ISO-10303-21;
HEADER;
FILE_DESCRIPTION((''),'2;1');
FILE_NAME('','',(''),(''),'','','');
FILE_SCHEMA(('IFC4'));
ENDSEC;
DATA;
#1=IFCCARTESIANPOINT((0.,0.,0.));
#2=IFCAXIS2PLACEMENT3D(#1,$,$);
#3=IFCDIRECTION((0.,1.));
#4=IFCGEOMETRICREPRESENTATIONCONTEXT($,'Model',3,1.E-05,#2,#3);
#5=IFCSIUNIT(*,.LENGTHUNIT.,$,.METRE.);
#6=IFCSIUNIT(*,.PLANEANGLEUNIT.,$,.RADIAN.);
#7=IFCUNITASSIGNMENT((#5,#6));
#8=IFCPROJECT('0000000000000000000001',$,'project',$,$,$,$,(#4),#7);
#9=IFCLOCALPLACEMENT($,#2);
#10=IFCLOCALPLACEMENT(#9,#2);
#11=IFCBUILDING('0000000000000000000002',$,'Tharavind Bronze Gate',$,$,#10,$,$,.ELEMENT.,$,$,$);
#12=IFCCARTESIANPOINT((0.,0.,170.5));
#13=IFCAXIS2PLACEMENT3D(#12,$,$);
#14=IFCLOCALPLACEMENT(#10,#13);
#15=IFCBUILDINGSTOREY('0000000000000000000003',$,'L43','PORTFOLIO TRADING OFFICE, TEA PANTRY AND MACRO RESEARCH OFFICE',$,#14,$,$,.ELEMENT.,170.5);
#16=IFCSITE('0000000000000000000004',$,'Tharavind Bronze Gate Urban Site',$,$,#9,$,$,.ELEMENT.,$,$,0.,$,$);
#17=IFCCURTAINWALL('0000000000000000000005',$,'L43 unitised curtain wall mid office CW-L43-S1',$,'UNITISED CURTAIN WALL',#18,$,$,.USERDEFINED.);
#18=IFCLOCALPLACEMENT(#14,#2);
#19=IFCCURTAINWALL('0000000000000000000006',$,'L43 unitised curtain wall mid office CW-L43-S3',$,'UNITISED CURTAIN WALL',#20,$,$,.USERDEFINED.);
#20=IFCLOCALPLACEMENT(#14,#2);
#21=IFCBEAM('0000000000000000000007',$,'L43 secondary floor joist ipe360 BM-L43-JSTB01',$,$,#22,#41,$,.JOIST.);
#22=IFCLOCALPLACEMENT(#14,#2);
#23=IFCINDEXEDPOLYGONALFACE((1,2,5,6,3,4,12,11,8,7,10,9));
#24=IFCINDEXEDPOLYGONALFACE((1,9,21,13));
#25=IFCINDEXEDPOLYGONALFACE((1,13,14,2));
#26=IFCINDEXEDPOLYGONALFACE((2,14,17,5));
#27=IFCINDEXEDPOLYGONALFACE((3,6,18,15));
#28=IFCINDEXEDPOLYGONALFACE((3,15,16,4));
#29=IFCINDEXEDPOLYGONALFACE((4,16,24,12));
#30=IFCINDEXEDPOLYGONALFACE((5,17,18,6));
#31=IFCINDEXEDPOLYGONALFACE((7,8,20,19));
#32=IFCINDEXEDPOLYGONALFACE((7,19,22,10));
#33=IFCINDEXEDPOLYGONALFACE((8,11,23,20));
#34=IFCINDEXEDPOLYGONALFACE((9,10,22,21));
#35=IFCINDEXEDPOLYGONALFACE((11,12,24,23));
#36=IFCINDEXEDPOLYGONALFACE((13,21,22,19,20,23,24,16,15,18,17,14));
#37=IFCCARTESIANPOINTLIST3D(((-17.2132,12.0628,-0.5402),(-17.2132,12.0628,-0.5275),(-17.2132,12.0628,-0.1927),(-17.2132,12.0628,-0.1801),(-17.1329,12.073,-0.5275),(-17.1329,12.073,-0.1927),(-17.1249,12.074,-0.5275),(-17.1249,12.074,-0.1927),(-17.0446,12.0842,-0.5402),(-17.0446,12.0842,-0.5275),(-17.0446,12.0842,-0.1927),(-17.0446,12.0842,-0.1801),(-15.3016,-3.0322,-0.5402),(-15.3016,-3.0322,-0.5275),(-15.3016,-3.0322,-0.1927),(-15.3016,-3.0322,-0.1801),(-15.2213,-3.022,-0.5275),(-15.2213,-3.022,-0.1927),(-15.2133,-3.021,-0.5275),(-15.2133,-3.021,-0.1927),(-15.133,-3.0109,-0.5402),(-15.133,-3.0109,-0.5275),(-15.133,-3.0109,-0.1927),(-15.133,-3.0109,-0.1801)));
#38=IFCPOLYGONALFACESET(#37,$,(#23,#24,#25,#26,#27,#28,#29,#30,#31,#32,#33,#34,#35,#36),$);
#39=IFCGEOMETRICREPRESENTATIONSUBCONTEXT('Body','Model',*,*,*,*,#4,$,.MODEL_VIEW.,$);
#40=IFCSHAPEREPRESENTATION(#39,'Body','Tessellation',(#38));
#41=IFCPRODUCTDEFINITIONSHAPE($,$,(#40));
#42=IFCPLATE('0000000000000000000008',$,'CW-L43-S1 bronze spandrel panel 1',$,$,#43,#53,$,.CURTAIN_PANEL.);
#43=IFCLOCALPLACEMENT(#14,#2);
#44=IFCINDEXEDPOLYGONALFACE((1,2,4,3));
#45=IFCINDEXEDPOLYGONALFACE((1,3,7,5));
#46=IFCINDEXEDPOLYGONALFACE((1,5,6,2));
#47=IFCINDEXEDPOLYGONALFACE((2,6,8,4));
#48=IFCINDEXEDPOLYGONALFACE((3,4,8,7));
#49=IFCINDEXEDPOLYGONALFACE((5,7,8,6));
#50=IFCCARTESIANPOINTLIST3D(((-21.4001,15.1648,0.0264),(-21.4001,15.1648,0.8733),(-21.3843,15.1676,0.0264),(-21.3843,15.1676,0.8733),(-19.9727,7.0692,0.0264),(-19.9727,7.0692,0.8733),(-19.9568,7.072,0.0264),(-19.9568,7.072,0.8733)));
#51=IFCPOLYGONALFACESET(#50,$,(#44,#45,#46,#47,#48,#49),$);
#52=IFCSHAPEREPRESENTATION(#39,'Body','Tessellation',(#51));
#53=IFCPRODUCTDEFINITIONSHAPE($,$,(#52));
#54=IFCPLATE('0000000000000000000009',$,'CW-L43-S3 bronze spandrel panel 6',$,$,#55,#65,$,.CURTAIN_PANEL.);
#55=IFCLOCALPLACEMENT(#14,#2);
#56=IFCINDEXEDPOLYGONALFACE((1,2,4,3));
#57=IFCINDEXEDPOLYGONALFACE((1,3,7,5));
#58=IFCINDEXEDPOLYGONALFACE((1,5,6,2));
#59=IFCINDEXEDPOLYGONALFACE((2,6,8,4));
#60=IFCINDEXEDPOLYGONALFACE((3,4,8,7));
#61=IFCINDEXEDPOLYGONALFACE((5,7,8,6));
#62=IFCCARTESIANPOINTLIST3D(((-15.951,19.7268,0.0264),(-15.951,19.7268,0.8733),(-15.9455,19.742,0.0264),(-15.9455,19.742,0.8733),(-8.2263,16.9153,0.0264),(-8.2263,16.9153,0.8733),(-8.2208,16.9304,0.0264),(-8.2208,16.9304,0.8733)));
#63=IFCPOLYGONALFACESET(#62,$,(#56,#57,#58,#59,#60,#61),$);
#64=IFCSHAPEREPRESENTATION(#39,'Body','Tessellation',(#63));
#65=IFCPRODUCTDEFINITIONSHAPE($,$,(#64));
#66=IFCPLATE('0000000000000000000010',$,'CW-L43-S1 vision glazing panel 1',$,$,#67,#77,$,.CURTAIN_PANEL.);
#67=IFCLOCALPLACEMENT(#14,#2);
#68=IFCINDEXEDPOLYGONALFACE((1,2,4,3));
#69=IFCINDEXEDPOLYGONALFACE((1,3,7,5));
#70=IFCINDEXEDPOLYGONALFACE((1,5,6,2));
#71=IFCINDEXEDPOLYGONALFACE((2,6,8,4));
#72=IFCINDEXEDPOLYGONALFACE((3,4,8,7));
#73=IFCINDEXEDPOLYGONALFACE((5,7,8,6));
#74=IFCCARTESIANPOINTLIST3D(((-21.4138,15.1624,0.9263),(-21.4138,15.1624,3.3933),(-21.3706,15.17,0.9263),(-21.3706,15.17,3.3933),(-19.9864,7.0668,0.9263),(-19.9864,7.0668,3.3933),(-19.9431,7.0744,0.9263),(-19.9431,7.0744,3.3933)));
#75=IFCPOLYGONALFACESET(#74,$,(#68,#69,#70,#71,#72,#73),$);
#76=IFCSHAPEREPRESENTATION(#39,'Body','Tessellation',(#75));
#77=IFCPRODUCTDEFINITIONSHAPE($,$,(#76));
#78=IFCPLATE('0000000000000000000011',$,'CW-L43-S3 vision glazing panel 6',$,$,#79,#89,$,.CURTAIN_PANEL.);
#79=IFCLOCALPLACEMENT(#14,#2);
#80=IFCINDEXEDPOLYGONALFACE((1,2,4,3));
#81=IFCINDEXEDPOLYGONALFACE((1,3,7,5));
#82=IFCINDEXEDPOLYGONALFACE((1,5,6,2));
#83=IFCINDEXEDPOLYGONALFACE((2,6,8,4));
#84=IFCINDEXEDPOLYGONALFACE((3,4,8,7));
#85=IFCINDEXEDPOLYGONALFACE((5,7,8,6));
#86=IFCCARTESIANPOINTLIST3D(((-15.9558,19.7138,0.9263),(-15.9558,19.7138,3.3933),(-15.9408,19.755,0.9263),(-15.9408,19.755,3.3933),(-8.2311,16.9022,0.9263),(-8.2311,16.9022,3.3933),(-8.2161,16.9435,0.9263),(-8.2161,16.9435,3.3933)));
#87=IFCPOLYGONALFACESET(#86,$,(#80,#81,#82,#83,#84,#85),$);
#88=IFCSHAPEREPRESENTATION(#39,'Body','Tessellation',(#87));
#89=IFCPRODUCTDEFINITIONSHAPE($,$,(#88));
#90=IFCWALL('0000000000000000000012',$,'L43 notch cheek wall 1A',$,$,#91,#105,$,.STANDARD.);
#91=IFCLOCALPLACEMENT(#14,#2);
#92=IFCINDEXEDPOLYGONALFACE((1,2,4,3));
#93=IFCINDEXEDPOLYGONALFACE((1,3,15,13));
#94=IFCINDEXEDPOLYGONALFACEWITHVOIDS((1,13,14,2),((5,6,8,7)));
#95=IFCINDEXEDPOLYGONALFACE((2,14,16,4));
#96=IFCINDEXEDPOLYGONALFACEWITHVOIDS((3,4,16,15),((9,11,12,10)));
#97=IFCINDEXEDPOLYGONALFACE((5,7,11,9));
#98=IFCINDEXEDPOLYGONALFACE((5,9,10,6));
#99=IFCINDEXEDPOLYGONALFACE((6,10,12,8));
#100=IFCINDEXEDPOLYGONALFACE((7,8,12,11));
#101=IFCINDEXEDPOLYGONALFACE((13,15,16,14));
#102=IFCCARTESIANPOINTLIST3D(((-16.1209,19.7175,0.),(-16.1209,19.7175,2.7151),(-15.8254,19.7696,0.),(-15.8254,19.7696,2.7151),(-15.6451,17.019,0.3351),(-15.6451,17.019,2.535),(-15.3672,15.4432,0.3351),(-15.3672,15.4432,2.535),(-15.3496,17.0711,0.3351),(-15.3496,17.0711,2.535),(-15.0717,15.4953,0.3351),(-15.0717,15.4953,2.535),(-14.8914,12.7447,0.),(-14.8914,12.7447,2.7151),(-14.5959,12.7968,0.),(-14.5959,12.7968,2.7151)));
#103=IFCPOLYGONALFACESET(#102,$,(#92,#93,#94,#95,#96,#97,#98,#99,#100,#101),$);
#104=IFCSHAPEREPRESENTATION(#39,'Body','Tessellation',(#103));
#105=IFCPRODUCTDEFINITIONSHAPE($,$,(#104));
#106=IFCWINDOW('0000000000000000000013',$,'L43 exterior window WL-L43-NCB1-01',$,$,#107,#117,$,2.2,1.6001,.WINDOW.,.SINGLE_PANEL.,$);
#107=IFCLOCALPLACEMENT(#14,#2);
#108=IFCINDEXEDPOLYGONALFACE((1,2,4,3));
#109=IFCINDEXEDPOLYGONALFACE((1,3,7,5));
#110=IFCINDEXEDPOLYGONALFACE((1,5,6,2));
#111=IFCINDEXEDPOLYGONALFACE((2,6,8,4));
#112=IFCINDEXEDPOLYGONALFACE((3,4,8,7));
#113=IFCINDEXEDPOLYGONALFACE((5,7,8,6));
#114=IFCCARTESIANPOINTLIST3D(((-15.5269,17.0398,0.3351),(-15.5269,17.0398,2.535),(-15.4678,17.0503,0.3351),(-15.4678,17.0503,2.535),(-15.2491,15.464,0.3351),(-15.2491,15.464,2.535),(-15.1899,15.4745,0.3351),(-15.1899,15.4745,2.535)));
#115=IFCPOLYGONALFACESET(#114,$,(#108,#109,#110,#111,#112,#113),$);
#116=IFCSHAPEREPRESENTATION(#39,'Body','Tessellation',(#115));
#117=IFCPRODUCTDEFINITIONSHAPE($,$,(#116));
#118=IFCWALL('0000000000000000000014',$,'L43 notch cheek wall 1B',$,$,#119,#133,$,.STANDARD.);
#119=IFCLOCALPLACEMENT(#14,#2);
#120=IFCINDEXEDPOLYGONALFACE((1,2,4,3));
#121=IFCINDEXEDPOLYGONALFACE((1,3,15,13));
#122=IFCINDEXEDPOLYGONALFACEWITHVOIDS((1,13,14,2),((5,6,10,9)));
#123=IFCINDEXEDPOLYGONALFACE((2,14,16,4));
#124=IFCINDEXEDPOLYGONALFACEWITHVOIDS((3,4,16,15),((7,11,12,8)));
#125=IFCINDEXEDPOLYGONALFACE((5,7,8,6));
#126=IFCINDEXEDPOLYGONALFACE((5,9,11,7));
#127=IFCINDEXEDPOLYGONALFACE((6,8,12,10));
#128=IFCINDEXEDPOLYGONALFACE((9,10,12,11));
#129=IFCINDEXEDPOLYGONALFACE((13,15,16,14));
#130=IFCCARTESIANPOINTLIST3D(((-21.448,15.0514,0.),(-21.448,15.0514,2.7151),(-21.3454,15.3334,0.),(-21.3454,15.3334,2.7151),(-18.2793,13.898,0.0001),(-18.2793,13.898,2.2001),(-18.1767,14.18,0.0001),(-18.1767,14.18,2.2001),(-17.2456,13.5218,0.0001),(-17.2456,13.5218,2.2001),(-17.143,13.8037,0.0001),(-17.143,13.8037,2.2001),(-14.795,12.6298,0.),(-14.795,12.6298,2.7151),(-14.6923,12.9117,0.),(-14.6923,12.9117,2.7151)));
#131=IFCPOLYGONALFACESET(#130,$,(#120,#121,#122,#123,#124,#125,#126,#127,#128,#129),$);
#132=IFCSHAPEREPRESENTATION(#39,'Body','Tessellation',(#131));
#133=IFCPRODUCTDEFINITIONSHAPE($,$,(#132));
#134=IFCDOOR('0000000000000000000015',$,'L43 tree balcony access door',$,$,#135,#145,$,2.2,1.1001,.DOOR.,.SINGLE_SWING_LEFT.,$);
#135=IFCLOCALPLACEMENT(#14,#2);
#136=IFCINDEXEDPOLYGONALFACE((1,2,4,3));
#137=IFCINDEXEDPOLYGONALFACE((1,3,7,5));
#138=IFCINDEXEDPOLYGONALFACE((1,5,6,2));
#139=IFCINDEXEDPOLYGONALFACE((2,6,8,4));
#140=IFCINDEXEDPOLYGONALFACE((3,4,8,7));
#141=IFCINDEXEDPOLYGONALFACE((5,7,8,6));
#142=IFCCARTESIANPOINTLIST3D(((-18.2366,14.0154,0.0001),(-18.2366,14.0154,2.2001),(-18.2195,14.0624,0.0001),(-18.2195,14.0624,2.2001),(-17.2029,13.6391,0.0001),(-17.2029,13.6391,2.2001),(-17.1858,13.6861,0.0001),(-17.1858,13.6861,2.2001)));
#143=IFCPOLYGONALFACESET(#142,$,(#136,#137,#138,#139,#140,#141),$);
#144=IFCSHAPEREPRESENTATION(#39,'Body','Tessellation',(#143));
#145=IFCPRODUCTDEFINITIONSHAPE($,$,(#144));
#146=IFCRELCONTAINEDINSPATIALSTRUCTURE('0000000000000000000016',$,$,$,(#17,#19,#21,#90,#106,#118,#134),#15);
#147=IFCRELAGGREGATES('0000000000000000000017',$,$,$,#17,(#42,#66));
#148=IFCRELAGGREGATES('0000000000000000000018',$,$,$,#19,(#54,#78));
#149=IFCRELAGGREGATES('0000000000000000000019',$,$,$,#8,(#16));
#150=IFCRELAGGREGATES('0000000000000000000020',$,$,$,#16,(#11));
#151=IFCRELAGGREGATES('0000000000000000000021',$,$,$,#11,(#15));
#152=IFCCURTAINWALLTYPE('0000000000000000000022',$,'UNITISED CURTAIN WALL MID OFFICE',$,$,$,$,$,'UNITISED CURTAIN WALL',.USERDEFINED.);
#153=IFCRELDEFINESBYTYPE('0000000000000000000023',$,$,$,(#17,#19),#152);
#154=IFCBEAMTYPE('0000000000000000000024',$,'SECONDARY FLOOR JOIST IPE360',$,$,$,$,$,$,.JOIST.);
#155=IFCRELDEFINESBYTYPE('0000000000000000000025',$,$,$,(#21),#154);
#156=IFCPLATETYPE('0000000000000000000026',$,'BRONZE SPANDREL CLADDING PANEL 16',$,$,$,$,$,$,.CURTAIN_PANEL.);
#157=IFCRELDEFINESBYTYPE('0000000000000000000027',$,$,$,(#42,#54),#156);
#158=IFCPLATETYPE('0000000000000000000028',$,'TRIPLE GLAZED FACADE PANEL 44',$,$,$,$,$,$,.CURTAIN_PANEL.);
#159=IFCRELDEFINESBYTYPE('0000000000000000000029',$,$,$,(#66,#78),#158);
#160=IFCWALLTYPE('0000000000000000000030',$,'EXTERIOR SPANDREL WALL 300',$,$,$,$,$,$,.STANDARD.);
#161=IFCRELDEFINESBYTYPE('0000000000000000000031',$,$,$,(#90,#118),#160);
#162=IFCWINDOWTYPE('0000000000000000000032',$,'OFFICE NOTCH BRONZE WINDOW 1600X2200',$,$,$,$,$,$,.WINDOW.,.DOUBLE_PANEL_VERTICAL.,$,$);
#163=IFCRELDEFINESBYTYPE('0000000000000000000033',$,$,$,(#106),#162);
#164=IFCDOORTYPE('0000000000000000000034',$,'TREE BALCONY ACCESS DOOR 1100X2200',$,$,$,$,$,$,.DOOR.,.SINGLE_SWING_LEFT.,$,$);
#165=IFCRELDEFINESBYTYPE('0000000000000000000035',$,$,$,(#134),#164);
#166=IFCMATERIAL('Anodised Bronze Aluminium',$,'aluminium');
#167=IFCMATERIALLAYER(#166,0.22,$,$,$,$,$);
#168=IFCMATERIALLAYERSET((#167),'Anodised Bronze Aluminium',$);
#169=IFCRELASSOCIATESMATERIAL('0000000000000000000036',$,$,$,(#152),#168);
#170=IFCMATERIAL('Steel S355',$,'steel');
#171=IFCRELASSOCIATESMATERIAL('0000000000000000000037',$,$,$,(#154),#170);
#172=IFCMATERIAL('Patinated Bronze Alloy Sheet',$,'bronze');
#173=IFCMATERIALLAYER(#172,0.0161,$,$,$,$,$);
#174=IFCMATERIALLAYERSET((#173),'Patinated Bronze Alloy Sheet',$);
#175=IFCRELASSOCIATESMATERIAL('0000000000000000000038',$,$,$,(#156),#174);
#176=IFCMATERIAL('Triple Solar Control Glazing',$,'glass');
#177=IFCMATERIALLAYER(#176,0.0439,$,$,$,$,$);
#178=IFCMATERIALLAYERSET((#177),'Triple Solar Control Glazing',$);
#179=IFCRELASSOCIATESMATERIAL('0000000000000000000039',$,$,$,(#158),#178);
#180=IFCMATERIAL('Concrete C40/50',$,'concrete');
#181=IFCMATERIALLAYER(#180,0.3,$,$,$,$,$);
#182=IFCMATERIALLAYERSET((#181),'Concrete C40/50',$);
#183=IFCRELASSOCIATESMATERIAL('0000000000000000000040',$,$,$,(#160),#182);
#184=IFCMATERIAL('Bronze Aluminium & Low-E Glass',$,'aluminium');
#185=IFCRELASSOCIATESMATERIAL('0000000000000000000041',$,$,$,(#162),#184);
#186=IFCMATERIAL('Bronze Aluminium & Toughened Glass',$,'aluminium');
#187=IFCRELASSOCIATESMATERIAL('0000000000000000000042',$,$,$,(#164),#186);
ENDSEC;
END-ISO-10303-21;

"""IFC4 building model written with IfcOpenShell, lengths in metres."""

from ifc_helpers import new_model, si_unit, direction, frame, frame_2d, origin, origin_2d, place, context, subcontext, project, spatial, rectangle, i_section, extrude, material, layer, layer_set, material_profile, profile_set, type_object, element, fill, aggregate, save


model = new_model("IFC4")

# Units and contexts
model_context = context("Model", 3, precision=1e-05, world=origin(), true_north=direction((0.0, 1.0)))
body_context = subcontext(model_context, "Body", "Model", "MODEL_VIEW")
ifc_project = project(units=[si_unit("LENGTHUNIT", "METRE"), si_unit("PLANEANGLEUNIT", "RADIAN")], contexts=[model_context])

# Site, building, storey
site_placement = place(None, origin())
site = spatial("IfcSite", under=ifc_project, at=site_placement, Name="Tharavind Bronze Gate Urban Site", CompositionType="ELEMENT", RefElevation=0.0)
building_placement = place(site_placement, origin())
building = spatial("IfcBuilding", under=site, at=building_placement, Name="Tharavind Bronze Gate", CompositionType="ELEMENT")
storey_placement = place(building_placement, frame((0.0, 0.0, 170.5)))
storey = spatial("IfcBuildingStorey", under=building, at=storey_placement, Name="L43", Description="PORTFOLIO TRADING OFFICE, TEA PANTRY AND MACRO RESEARCH OFFICE", CompositionType="ELEMENT", Elevation=170.5)

# Curtain wall
ifc_material_1 = material(Name="Anodised Bronze Aluminium", Category="aluminium")
ifc_layer_1 = layer(ifc_material_1, 0.22)
ifc_layer_set_1 = layer_set([ifc_layer_1], Name="Anodised Bronze Aluminium")
curtain_wall_type = type_object("IfcCurtainWallType", Name="UNITISED CURTAIN WALL MID OFFICE", ElementType="UNITISED CURTAIN WALL", PredefinedType="USERDEFINED", material=ifc_layer_set_1)
curtain_wall_1_placement = place(storey_placement, origin())
curtain_wall_1 = element("IfcCurtainWall", 1, at=curtain_wall_1_placement, inside=storey, type_object=curtain_wall_type, Name="L43 unitised curtain wall mid office CW-L43-S1", ObjectType="UNITISED CURTAIN WALL", PredefinedType="USERDEFINED")

# Curtain wall
curtain_wall_2_placement = place(storey_placement, origin())
curtain_wall_2 = element("IfcCurtainWall", 2, at=curtain_wall_2_placement, inside=storey, type_object=curtain_wall_type, Name="L43 unitised curtain wall mid office CW-L43-S3", ObjectType="UNITISED CURTAIN WALL", PredefinedType="USERDEFINED")

# Beam
ifc_material_2 = material(Name="Steel S355", Category="steel")
ifc_material_profile_1 = material_profile(ifc_material_2, i_section(OverallWidth=0.1699, OverallDepth=0.3601, WebThickness=0.0081, FlangeThickness=0.0127, at=origin_2d()), Name="IPE360")
ifc_profile_set_1 = profile_set([ifc_material_profile_1], Name="Steel S355")
beam_type_1 = type_object("IfcBeamType", Name="SECONDARY FLOOR JOIST IPE360", PredefinedType="JOIST", material=ifc_profile_set_1)
beam_1_placement = place(storey_placement, frame((-17.1289, 12.0735, -0.3601), z_axis=(0.125636, -0.992076, 0.0), x_axis=(0.992076, 0.125636, 0.0)))
element("IfcBeam", 3, at=beam_1_placement, inside=storey, type_object=beam_type_1, Name="L43 secondary floor joist ipe360 BM-L43-JSTB01", PredefinedType="JOIST", context=body_context, shape_type="SweptSolid", body=[
    extrude(i_section(OverallWidth=0.1699, OverallDepth=0.3601, WebThickness=0.0081, FlangeThickness=0.0127, at=origin_2d()), origin(), (0.0, 0.0, 1.0), 15.2156),
])

# Plates
ifc_material_3 = material(Name="Patinated Bronze Alloy Sheet", Category="bronze")
ifc_layer_2 = layer(ifc_material_3, 0.0161)
ifc_layer_set_2 = layer_set([ifc_layer_2], Name="Patinated Bronze Alloy Sheet")
plate_type_1 = type_object("IfcPlateType", Name="BRONZE SPANDREL CLADDING PANEL 16", PredefinedType="CURTAIN_PANEL", material=ifc_layer_set_2)
plate_1_placement = place(storey_placement, frame((-20.6785, 11.1184, 0.0264), z_axis=(0.0, 0.0, 1.0), x_axis=(0.173648, -0.984808, 0.0)))
plate_1 = element("IfcPlate", 4, at=plate_1_placement, type_object=plate_type_1, Name="CW-L43-S1 bronze spandrel panel 1", PredefinedType="CURTAIN_PANEL", context=body_context, shape_type="SweptSolid", body=[
    extrude(rectangle(XDim=8.2205, YDim=0.0161, at=origin_2d()), origin(), (0.0, 0.0, 1.0), 0.8469),
])
plate_2_placement = place(storey_placement, frame((-12.0859, 18.3286, 0.0264), z_axis=(0.0, 0.0, 1.0), x_axis=(-0.939692, 0.342022, 0.0)))
plate_2 = element("IfcPlate", 5, at=plate_2_placement, type_object=plate_type_1, Name="CW-L43-S3 bronze spandrel panel 6", PredefinedType="CURTAIN_PANEL", context=body_context, shape_type="SweptSolid", body=[
    extrude(rectangle(XDim=8.2205, YDim=0.0161, at=origin_2d()), origin(), (0.0, 0.0, 1.0), 0.8469),
])
ifc_material_4 = material(Name="Triple Solar Control Glazing", Category="glass")
ifc_layer_3 = layer(ifc_material_4, 0.0439)
ifc_layer_set_3 = layer_set([ifc_layer_3], Name="Triple Solar Control Glazing")
plate_type_2 = type_object("IfcPlateType", Name="TRIPLE GLAZED FACADE PANEL 44", PredefinedType="CURTAIN_PANEL", material=ifc_layer_set_3)
plate_3_placement = place(storey_placement, frame((-20.6785, 11.1184, 0.9263), z_axis=(0.0, 0.0, 1.0), x_axis=(0.173648, -0.984808, 0.0)))
plate_3 = element("IfcPlate", 6, at=plate_3_placement, type_object=plate_type_2, Name="CW-L43-S1 vision glazing panel 1", PredefinedType="CURTAIN_PANEL", context=body_context, shape_type="SweptSolid", body=[
    extrude(rectangle(XDim=8.2205, YDim=0.0439, at=origin_2d()), origin(), (0.0, 0.0, 1.0), 2.467),
])
aggregate(curtain_wall_1, [plate_1, plate_3])
plate_4_placement = place(storey_placement, frame((-12.0859, 18.3286, 0.9263), z_axis=(0.0, 0.0, 1.0), x_axis=(-0.939692, 0.342022, 0.0)))
plate_4 = element("IfcPlate", 7, at=plate_4_placement, type_object=plate_type_2, Name="CW-L43-S3 vision glazing panel 6", PredefinedType="CURTAIN_PANEL", context=body_context, shape_type="SweptSolid", body=[
    extrude(rectangle(XDim=8.2205, YDim=0.0439, at=origin_2d()), origin(), (0.0, 0.0, 1.0), 2.467),
])
aggregate(curtain_wall_2, [plate_2, plate_4])

# Wall, opening, window
ifc_material_5 = material(Name="Concrete C40/50", Category="concrete")
ifc_layer_4 = layer(ifc_material_5, 0.3)
ifc_layer_set_4 = layer_set([ifc_layer_4], Name="Concrete C40/50")
wall_type = type_object("IfcWallType", Name="EXTERIOR SPANDREL WALL 300", PredefinedType="STANDARD", material=ifc_layer_set_4)
wall_1_placement = place(storey_placement, frame((-15.9731, 19.7434, 0.0), z_axis=(0.0, 0.0, 1.0), x_axis=(0.173652, -0.984807, 0.0)))
wall_1 = element("IfcWall", 8, at=wall_1_placement, inside=storey, type_object=wall_type, Name="L43 notch cheek wall 1A", PredefinedType="STANDARD", context=body_context, shape_type="SweptSolid", body=[
    extrude(rectangle(XDim=7.0803, YDim=0.3, at=frame_2d((3.54, 0.0))), origin(), (0.0, 0.0, 1.0), 2.7151),
])
opening_1_placement = place(wall_1_placement, frame((2.74, 0.0, 0.335)))
opening_1 = element("IfcOpeningElement", 9, at=opening_1_placement, cuts=wall_1, PredefinedType="OPENING", context=body_context, shape_type="SweptSolid", body=[
    extrude(rectangle(XDim=1.6001, YDim=2.2, at=frame_2d((0.8, 1.1001))), frame((0.0, 0.1599, 0.0), z_axis=(0.0, -1.0, 0.0), x_axis=(1.0, 0.0, 0.0)), (0.0, 0.0, 1.0), 0.32),
])
ifc_material_6 = material(Name="Bronze Aluminium & Low-E Glass", Category="aluminium")
window_type = type_object("IfcWindowType", Name="OFFICE NOTCH BRONZE WINDOW 1600X2200", PartitioningType="DOUBLE_PANEL_VERTICAL", PredefinedType="WINDOW", material=ifc_material_6)
window_placement = place(opening_1_placement, origin())
window = element("IfcWindow", 10, at=window_placement, inside=storey, type_object=window_type, Name="L43 exterior window WL-L43-NCB1-01", OverallHeight=2.2, OverallWidth=1.6001, PartitioningType="SINGLE_PANEL", PredefinedType="WINDOW", context=body_context, shape_type="SweptSolid", body=[
    extrude(rectangle(XDim=1.6001, YDim=2.2, at=frame_2d((0.8, 1.1001))), frame((0.0, 0.03, 0.0), z_axis=(0.0, -1.0, 0.0), x_axis=(1.0, 0.0, 0.0)), (0.0, 0.0, 1.0), 0.0601),
])
fill(opening_1, window)

# Wall, opening, door
wall_2_placement = place(storey_placement, frame((-14.7437, 12.7708, 0.0), z_axis=(0.0, 0.0, 1.0), x_axis=(-0.939688, 0.342034, 0.0)))
wall_2 = element("IfcWall", 11, at=wall_2_placement, inside=storey, type_object=wall_type, Name="L43 notch cheek wall 1B", PredefinedType="STANDARD", context=body_context, shape_type="SweptSolid", body=[
    extrude(rectangle(XDim=7.0801, YDim=0.3, at=frame_2d((3.54, 0.0))), origin(), (0.0, 0.0, 1.0), 2.7151),
])
opening_2_placement = place(wall_2_placement, frame((2.6079, 0.0, 0.0)))
opening_2 = element("IfcOpeningElement", 12, at=opening_2_placement, cuts=wall_2, PredefinedType="OPENING", context=body_context, shape_type="SweptSolid", body=[
    extrude(rectangle(XDim=1.1001, YDim=2.2, at=frame_2d((0.55, 1.1001))), frame((0.0, 0.1599, 0.0), z_axis=(0.0, -1.0, 0.0), x_axis=(1.0, 0.0, 0.0)), (0.0, 0.0, 1.0), 0.32),
])
ifc_material_7 = material(Name="Bronze Aluminium & Toughened Glass", Category="aluminium")
door_type = type_object("IfcDoorType", Name="TREE BALCONY ACCESS DOOR 1100X2200", OperationType="SINGLE_SWING_LEFT", PredefinedType="DOOR", material=ifc_material_7)
door_placement = place(opening_2_placement, frame((1.1001, 0.0, 0.0), z_axis=(0.0, 0.0, 1.0), x_axis=(-1.0, 0.0, 0.0)))
door = element("IfcDoor", 13, at=door_placement, inside=storey, type_object=door_type, Name="L43 tree balcony access door", OperationType="SINGLE_SWING_LEFT", OverallHeight=2.2, OverallWidth=1.1001, PredefinedType="DOOR", context=body_context, shape_type="SweptSolid", body=[
    extrude(rectangle(XDim=1.1001, YDim=2.2, at=frame_2d((0.55, 1.1001))), frame((0.0, 0.0249, 0.0), z_axis=(0.0, -1.0, 0.0), x_axis=(1.0, 0.0, 0.0)), (0.0, 0.0, 1.0), 0.05),
])
fill(opening_2, door)

save(model, "model.ifc")
